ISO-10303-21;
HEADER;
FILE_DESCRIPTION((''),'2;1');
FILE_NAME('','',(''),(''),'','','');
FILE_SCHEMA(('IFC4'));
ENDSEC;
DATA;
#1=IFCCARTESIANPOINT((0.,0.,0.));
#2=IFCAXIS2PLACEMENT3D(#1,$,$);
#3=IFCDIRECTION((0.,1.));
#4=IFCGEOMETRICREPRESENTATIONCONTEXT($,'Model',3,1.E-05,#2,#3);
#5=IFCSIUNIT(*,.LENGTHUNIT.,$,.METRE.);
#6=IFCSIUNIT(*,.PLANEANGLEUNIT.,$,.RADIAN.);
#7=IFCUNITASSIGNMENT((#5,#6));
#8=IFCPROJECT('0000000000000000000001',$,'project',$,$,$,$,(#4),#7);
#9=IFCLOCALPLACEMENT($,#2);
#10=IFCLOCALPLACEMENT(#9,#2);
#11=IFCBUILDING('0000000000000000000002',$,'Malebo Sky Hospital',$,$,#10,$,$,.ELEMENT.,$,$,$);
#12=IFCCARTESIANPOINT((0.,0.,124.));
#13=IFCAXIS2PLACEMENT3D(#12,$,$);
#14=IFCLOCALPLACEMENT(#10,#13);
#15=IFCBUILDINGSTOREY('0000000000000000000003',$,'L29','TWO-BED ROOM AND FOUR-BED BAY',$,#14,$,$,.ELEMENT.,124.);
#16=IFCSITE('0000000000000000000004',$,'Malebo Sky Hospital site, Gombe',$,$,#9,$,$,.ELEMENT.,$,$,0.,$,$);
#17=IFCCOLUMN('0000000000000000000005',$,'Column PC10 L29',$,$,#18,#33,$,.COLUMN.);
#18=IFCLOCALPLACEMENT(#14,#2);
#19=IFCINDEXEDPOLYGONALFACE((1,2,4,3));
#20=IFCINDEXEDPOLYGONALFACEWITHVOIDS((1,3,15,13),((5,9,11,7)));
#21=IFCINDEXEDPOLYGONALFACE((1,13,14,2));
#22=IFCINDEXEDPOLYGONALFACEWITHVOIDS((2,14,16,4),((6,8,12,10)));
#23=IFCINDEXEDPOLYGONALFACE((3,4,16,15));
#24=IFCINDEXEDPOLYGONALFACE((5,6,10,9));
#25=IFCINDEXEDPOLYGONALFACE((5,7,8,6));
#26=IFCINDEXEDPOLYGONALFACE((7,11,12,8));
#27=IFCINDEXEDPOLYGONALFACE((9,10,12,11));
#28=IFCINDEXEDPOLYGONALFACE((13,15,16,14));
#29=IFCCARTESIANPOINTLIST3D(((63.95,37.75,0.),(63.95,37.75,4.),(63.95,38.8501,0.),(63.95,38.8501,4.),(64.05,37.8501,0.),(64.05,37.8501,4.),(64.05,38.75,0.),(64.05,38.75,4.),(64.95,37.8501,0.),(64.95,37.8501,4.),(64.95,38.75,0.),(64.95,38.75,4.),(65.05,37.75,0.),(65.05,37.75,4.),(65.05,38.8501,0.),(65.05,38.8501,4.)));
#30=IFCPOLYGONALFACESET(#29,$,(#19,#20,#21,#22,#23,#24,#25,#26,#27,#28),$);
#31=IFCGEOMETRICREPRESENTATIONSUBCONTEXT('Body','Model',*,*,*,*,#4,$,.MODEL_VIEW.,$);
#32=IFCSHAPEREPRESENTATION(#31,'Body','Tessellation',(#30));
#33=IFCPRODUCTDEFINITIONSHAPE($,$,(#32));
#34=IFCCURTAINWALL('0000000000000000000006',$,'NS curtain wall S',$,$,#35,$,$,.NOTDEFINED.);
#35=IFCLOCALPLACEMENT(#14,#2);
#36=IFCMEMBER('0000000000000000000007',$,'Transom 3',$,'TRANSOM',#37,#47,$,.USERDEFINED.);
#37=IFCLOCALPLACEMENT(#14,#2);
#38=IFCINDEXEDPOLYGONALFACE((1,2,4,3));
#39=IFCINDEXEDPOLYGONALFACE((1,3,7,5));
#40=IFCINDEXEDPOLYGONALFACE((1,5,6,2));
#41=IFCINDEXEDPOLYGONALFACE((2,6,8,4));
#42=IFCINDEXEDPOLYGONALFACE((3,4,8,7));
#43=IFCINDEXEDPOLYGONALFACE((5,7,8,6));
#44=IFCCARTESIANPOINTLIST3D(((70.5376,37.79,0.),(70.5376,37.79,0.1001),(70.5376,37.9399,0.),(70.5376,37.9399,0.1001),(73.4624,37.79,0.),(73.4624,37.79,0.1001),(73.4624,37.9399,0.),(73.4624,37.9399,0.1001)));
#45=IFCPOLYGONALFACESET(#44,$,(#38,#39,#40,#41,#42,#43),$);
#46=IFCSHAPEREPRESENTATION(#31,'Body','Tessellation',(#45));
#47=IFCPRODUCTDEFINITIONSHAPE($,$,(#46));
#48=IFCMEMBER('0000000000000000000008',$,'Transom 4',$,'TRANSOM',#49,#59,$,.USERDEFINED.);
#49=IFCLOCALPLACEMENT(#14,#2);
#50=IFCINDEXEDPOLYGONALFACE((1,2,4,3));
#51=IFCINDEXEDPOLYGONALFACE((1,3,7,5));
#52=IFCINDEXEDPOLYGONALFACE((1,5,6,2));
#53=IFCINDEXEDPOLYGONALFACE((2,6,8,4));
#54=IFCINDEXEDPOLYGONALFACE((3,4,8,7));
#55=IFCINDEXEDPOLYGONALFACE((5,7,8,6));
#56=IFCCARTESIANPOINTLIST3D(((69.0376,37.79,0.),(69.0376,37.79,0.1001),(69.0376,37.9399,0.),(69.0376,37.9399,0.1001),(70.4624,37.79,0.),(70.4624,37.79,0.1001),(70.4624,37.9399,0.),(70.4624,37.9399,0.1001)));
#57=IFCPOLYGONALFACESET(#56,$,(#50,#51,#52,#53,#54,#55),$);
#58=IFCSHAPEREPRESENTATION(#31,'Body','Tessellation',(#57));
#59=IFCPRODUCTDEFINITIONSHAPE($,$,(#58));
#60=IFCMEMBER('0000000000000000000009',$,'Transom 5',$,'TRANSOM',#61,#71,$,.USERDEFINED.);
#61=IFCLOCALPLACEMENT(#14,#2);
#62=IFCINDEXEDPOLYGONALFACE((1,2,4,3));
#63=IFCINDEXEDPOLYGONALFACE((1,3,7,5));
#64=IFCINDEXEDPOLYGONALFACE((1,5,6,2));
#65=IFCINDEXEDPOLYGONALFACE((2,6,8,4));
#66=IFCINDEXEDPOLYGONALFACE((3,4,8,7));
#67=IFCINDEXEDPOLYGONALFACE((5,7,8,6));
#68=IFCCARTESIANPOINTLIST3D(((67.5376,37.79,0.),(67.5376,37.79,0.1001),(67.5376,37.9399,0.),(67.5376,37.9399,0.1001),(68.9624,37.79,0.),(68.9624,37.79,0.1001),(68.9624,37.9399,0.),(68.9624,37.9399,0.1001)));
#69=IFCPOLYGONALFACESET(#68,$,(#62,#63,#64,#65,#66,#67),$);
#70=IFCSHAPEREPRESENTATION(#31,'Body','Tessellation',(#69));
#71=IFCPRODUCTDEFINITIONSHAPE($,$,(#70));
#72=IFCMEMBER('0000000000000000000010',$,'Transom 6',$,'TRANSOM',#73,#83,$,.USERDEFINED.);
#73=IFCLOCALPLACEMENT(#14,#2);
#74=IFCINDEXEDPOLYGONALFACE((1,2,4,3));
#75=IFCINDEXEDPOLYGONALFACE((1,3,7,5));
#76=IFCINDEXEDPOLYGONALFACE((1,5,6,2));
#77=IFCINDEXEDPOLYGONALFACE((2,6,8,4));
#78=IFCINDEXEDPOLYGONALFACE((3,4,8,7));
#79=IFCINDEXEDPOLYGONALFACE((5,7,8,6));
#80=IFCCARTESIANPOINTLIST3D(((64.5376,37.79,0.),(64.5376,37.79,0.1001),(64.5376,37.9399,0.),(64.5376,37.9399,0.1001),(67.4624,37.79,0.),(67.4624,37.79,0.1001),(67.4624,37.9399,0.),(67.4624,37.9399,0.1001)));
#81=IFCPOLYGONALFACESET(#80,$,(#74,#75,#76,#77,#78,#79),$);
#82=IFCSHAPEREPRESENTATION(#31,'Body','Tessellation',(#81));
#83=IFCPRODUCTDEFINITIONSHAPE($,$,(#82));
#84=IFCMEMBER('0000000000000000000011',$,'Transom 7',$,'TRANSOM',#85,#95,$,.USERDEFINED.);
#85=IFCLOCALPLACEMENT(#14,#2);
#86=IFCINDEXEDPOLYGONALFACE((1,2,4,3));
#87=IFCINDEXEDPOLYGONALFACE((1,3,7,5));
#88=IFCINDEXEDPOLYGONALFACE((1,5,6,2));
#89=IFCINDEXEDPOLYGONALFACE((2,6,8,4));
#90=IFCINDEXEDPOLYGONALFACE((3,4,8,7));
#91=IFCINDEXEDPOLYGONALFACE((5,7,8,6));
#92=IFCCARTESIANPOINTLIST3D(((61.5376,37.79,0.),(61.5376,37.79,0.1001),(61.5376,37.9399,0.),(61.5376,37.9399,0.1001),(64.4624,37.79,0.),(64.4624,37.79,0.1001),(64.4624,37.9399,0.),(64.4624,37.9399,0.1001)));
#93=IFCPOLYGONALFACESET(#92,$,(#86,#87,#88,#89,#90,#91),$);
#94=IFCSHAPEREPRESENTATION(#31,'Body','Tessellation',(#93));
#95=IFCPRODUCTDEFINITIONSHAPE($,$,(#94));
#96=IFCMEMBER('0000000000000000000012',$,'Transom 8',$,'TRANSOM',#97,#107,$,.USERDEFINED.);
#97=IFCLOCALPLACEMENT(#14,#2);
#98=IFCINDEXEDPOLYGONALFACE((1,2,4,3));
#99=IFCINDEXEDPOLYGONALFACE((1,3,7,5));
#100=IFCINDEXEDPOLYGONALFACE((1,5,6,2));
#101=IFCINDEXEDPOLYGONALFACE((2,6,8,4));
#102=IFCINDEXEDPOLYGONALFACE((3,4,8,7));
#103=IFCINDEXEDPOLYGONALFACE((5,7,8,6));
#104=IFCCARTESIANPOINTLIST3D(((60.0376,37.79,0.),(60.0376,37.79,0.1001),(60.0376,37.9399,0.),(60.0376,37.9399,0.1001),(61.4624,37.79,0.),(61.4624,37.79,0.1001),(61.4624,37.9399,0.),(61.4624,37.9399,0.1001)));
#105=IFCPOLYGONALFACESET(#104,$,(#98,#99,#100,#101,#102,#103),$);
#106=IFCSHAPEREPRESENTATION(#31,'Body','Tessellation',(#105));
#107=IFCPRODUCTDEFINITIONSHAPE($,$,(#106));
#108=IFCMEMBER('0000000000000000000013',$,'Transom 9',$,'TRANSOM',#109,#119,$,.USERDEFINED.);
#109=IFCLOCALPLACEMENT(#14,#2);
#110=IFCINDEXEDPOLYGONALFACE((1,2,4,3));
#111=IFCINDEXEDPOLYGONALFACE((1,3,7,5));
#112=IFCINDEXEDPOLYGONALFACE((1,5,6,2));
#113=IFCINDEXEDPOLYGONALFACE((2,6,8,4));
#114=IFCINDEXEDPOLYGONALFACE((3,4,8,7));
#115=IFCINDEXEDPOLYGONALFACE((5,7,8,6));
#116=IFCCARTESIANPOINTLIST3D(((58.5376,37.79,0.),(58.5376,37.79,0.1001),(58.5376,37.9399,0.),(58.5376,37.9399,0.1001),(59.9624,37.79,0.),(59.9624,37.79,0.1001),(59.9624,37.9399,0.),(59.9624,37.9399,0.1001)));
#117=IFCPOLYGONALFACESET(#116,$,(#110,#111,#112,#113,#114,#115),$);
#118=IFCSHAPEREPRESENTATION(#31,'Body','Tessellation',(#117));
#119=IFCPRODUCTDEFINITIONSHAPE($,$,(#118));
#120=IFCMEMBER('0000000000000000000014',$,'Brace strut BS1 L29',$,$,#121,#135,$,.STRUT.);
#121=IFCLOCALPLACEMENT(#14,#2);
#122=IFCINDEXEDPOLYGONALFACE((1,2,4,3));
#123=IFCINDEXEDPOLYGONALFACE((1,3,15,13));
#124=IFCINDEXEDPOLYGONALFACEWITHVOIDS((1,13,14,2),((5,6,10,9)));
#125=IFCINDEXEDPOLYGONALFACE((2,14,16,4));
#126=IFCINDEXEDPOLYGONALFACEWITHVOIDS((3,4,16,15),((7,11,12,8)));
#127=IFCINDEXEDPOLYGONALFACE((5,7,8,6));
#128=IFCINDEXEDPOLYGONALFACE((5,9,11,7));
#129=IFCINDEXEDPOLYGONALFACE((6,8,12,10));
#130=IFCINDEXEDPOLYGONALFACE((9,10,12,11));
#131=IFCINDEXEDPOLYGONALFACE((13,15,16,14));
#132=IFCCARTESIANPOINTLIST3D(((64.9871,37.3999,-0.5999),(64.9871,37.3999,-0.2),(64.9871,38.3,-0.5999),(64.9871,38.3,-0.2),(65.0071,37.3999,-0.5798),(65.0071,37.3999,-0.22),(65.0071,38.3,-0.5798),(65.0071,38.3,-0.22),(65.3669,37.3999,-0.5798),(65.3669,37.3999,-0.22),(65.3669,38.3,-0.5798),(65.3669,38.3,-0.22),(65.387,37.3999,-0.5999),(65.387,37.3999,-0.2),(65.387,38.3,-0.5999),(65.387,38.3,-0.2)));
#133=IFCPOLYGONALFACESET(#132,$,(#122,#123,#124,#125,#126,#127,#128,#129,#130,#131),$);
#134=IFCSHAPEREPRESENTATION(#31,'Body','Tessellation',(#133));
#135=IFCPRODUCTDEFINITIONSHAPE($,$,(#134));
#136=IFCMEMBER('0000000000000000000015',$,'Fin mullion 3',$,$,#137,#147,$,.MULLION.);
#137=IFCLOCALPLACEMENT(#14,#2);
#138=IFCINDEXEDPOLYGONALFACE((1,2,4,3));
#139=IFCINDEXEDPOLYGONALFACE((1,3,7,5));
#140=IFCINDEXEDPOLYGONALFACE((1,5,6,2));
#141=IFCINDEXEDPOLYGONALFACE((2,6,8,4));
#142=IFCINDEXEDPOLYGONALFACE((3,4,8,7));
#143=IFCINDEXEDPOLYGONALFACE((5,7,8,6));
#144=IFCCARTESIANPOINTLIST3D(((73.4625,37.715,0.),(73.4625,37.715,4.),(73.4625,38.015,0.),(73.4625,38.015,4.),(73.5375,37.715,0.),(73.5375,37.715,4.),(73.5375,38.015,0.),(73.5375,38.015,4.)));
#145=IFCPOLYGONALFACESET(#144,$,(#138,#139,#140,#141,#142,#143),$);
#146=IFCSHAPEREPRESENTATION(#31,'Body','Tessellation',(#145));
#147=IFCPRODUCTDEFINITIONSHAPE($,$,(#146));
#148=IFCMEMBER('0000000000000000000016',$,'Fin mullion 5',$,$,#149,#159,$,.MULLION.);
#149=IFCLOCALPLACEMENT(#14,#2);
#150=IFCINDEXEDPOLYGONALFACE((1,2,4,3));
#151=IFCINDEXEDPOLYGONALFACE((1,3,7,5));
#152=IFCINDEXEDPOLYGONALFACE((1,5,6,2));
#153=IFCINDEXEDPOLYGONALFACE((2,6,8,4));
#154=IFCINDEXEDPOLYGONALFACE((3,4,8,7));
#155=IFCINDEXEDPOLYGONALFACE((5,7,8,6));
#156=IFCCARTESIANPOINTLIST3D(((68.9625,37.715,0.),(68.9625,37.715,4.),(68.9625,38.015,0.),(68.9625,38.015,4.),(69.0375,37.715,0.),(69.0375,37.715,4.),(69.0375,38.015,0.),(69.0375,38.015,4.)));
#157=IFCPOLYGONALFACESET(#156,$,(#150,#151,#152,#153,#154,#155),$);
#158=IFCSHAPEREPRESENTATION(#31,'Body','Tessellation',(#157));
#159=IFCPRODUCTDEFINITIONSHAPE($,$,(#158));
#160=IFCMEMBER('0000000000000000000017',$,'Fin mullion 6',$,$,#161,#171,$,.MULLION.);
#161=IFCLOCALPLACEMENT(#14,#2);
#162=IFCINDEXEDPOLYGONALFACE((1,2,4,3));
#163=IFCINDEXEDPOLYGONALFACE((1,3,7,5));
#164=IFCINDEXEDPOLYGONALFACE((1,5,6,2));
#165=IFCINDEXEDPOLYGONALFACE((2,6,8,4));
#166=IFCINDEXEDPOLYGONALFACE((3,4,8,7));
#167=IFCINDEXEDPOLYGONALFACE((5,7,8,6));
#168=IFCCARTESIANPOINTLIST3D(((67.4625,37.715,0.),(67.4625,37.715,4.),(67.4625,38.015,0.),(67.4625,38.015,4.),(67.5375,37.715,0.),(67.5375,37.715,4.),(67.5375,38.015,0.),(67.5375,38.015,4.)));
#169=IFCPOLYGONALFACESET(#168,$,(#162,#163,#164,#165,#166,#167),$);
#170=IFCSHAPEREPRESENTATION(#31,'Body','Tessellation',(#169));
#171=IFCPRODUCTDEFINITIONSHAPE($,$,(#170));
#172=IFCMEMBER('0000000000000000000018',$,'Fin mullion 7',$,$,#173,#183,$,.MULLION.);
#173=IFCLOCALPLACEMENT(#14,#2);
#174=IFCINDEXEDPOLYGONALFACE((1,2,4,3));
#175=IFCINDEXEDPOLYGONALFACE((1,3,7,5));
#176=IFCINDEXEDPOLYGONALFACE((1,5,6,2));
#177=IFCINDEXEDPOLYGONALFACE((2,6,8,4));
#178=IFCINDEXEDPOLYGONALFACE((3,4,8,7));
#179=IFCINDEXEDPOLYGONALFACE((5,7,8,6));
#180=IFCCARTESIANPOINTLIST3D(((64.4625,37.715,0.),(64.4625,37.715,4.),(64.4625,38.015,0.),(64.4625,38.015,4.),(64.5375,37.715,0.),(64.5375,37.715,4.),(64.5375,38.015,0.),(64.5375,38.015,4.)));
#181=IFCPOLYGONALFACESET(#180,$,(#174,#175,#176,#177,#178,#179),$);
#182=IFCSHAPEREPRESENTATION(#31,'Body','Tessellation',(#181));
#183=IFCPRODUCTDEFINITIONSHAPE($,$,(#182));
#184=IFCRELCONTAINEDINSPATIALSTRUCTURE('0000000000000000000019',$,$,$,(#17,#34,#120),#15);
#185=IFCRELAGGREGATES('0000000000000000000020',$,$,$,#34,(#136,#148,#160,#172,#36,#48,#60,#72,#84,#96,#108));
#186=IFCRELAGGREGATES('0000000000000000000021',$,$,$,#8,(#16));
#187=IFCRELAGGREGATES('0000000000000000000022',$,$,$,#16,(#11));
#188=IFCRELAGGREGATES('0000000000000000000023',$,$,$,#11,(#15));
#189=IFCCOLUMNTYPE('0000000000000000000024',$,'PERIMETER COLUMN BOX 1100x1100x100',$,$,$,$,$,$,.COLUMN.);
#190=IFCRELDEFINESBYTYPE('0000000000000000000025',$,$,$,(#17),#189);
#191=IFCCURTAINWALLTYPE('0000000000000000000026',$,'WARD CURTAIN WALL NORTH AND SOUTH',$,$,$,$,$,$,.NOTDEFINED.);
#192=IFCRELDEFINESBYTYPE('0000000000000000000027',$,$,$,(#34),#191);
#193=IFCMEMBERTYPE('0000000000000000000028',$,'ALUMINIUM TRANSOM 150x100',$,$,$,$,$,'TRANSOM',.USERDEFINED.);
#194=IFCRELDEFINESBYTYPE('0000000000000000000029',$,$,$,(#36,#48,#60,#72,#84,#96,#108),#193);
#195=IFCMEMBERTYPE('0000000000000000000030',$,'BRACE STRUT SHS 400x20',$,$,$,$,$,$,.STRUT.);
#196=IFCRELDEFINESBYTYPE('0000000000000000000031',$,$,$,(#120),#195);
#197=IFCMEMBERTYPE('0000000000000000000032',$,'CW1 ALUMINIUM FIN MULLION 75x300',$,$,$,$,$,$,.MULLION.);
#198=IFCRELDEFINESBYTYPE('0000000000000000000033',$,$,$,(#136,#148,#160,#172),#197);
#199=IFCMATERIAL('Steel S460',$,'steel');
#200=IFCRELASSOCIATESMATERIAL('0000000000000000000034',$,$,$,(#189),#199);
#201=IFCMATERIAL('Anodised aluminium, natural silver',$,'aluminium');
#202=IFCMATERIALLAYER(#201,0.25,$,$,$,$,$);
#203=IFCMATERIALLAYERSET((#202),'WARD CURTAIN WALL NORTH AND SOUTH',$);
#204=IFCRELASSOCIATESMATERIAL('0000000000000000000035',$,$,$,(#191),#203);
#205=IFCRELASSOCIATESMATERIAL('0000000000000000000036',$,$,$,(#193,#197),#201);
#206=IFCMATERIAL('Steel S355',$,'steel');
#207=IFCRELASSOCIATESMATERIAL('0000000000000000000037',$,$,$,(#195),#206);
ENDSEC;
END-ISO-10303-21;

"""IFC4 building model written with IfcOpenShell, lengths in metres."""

from ifc_helpers import new_model, si_unit, direction, frame, origin, origin_2d, place, context, subcontext, project, spatial, rectangle, hollow_rectangle, extrude, material, layer, layer_set, material_profile, profile_set, type_object, element, aggregate, save


model = new_model("IFC4")

# Units and contexts
model_context = context("Model", 3, precision=1e-05, world=origin(), true_north=direction((0.0, 1.0)))
body_context = subcontext(model_context, "Body", "Model", "MODEL_VIEW")
ifc_project = project(units=[si_unit("LENGTHUNIT", "METRE"), si_unit("PLANEANGLEUNIT", "RADIAN")], contexts=[model_context])

# Site, building, storey
site_placement = place(None, origin())
site = spatial("IfcSite", under=ifc_project, at=site_placement, Name="Malebo Sky Hospital site, Gombe", CompositionType="ELEMENT", RefElevation=0.0)
building_placement = place(site_placement, origin())
building = spatial("IfcBuilding", under=site, at=building_placement, Name="Malebo Sky Hospital", CompositionType="ELEMENT")
storey_placement = place(building_placement, frame((0.0, 0.0, 124.0)))
storey = spatial("IfcBuildingStorey", under=building, at=storey_placement, Name="L29", Description="TWO-BED ROOM AND FOUR-BED BAY", CompositionType="ELEMENT", Elevation=124.0)

# Column
ifc_material_1 = material(Name="Steel S460", Category="steel")
ifc_material_profile_1 = material_profile(ifc_material_1, hollow_rectangle(XDim=1.1001, YDim=1.1001, WallThickness=0.1001, at=origin_2d()), Name="BOX 1100x1100x100")
ifc_profile_set_1 = profile_set([ifc_material_profile_1], Name="Steel S460")
column_type = type_object("IfcColumnType", Name="PERIMETER COLUMN BOX 1100x1100x100", PredefinedType="COLUMN", material=ifc_profile_set_1)
column_placement = place(storey_placement, frame((64.5, 38.3, 0.0), z_axis=(0.0, 0.0, 1.0), x_axis=(1.0, 0.0, 0.0)))
element("IfcColumn", 1, at=column_placement, inside=storey, type_object=column_type, Name="Column PC10 L29", PredefinedType="COLUMN", context=body_context, shape_type="SweptSolid", body=[
    extrude(hollow_rectangle(XDim=1.1001, YDim=1.1001, WallThickness=0.1001, at=origin_2d()), origin(), (0.0, 0.0, 1.0), 4.0),
])

# Curtain wall, members
ifc_material_2 = material(Name="Anodised aluminium, natural silver", Category="aluminium")
ifc_layer_1 = layer(ifc_material_2, 0.25)
ifc_layer_set_1 = layer_set([ifc_layer_1], Name="WARD CURTAIN WALL NORTH AND SOUTH")
curtain_wall_type = type_object("IfcCurtainWallType", Name="WARD CURTAIN WALL NORTH AND SOUTH", PredefinedType="NOTDEFINED", material=ifc_layer_set_1)
curtain_wall_placement = place(storey_placement, origin())
curtain_wall = element("IfcCurtainWall", 2, at=curtain_wall_placement, inside=storey, type_object=curtain_wall_type, Name="NS curtain wall S", PredefinedType="NOTDEFINED")
ifc_material_profile_2 = material_profile(ifc_material_2, rectangle(XDim=0.1499, YDim=0.1001, at=origin_2d()), Name="ALUMINIUM TRANSOM 150x100")
ifc_profile_set_2 = profile_set([ifc_material_profile_2], Name="Anodised aluminium, natural silver")
member_type_1 = type_object("IfcMemberType", Name="ALUMINIUM TRANSOM 150x100", ElementType="TRANSOM", PredefinedType="USERDEFINED", material=ifc_profile_set_2)
member_1_placement = place(storey_placement, frame((73.4624, 37.865, 0.05), z_axis=(-1.0, 0.0, 0.0), x_axis=(0.0, -1.0, 0.0)))
member_1 = element("IfcMember", 3, at=member_1_placement, type_object=member_type_1, Name="Transom 3", ObjectType="TRANSOM", PredefinedType="USERDEFINED", context=body_context, shape_type="SweptSolid", body=[
    extrude(rectangle(XDim=0.1499, YDim=0.1001, at=origin_2d()), origin(), (0.0, 0.0, 1.0), 2.9248),
])
member_2_placement = place(storey_placement, frame((70.4624, 37.865, 0.05), z_axis=(-1.0, 0.0, 0.0), x_axis=(0.0, -1.0, 0.0)))
member_2 = element("IfcMember", 4, at=member_2_placement, type_object=member_type_1, Name="Transom 4", ObjectType="TRANSOM", PredefinedType="USERDEFINED", context=body_context, shape_type="SweptSolid", body=[
    extrude(rectangle(XDim=0.1499, YDim=0.1001, at=origin_2d()), origin(), (0.0, 0.0, 1.0), 1.4248),
])
member_3_placement = place(storey_placement, frame((68.9624, 37.865, 0.05), z_axis=(-1.0, 0.0, 0.0), x_axis=(0.0, -1.0, 0.0)))
member_3 = element("IfcMember", 5, at=member_3_placement, type_object=member_type_1, Name="Transom 5", ObjectType="TRANSOM", PredefinedType="USERDEFINED", context=body_context, shape_type="SweptSolid", body=[
    extrude(rectangle(XDim=0.1499, YDim=0.1001, at=origin_2d()), origin(), (0.0, 0.0, 1.0), 1.4248),
])
member_4_placement = place(storey_placement, frame((67.4624, 37.865, 0.05), z_axis=(-1.0, 0.0, 0.0), x_axis=(0.0, -1.0, 0.0)))
member_4 = element("IfcMember", 6, at=member_4_placement, type_object=member_type_1, Name="Transom 6", ObjectType="TRANSOM", PredefinedType="USERDEFINED", context=body_context, shape_type="SweptSolid", body=[
    extrude(rectangle(XDim=0.1499, YDim=0.1001, at=origin_2d()), origin(), (0.0, 0.0, 1.0), 2.9248),
])
member_5_placement = place(storey_placement, frame((64.4624, 37.865, 0.05), z_axis=(-1.0, 0.0, 0.0), x_axis=(0.0, -1.0, 0.0)))
member_5 = element("IfcMember", 7, at=member_5_placement, type_object=member_type_1, Name="Transom 7", ObjectType="TRANSOM", PredefinedType="USERDEFINED", context=body_context, shape_type="SweptSolid", body=[
    extrude(rectangle(XDim=0.1499, YDim=0.1001, at=origin_2d()), origin(), (0.0, 0.0, 1.0), 2.9248),
])
member_6_placement = place(storey_placement, frame((61.4624, 37.865, 0.05), z_axis=(-1.0, 0.0, 0.0), x_axis=(0.0, -1.0, 0.0)))
member_6 = element("IfcMember", 8, at=member_6_placement, type_object=member_type_1, Name="Transom 8", ObjectType="TRANSOM", PredefinedType="USERDEFINED", context=body_context, shape_type="SweptSolid", body=[
    extrude(rectangle(XDim=0.1499, YDim=0.1001, at=origin_2d()), origin(), (0.0, 0.0, 1.0), 1.4248),
])
member_7_placement = place(storey_placement, frame((59.9624, 37.865, 0.05), z_axis=(-1.0, 0.0, 0.0), x_axis=(0.0, -1.0, 0.0)))
member_7 = element("IfcMember", 9, at=member_7_placement, type_object=member_type_1, Name="Transom 9", ObjectType="TRANSOM", PredefinedType="USERDEFINED", context=body_context, shape_type="SweptSolid", body=[
    extrude(rectangle(XDim=0.1499, YDim=0.1001, at=origin_2d()), origin(), (0.0, 0.0, 1.0), 1.4248),
])

# Members
ifc_material_3 = material(Name="Steel S355", Category="steel")
ifc_material_profile_3 = material_profile(ifc_material_3, hollow_rectangle(XDim=0.3999, YDim=0.3999, WallThickness=0.02, at=origin_2d()), Name="SHS 400x20")
ifc_profile_set_3 = profile_set([ifc_material_profile_3], Name="Steel S355")
member_type_2 = type_object("IfcMemberType", Name="BRACE STRUT SHS 400x20", PredefinedType="STRUT", material=ifc_profile_set_3)
member_8_placement = place(storey_placement, frame((65.187, 37.3999, -0.3999), z_axis=(0.0, 1.0, 0.0), x_axis=(-1.0, 0.0, 0.0)))
element("IfcMember", 10, at=member_8_placement, inside=storey, type_object=member_type_2, Name="Brace strut BS1 L29", PredefinedType="STRUT", context=body_context, shape_type="SweptSolid", body=[
    extrude(hollow_rectangle(XDim=0.3999, YDim=0.3999, WallThickness=0.02, at=origin_2d()), origin(), (0.0, 0.0, 1.0), 0.9001),
])
ifc_material_profile_4 = material_profile(ifc_material_2, rectangle(XDim=0.075, YDim=0.3, at=origin_2d()), Name="CW1 ALUMINIUM FIN MULLION 75x300")
ifc_profile_set_4 = profile_set([ifc_material_profile_4], Name="Anodised aluminium, natural silver")
member_type_3 = type_object("IfcMemberType", Name="CW1 ALUMINIUM FIN MULLION 75x300", PredefinedType="MULLION", material=ifc_profile_set_4)
member_9_placement = place(storey_placement, frame((73.5, 37.865, 0.0), z_axis=(0.0, 0.0, 1.0), x_axis=(-1.0, 0.0, 0.0)))
member_9 = element("IfcMember", 11, at=member_9_placement, type_object=member_type_3, Name="Fin mullion 3", PredefinedType="MULLION", context=body_context, shape_type="SweptSolid", body=[
    extrude(rectangle(XDim=0.075, YDim=0.3, at=origin_2d()), origin(), (0.0, 0.0, 1.0), 4.0),
])
member_10_placement = place(storey_placement, frame((69.0, 37.865, 0.0), z_axis=(0.0, 0.0, 1.0), x_axis=(-1.0, 0.0, 0.0)))
member_10 = element("IfcMember", 12, at=member_10_placement, type_object=member_type_3, Name="Fin mullion 5", PredefinedType="MULLION", context=body_context, shape_type="SweptSolid", body=[
    extrude(rectangle(XDim=0.075, YDim=0.3, at=origin_2d()), origin(), (0.0, 0.0, 1.0), 4.0),
])
member_11_placement = place(storey_placement, frame((67.5, 37.865, 0.0), z_axis=(0.0, 0.0, 1.0), x_axis=(-1.0, 0.0, 0.0)))
member_11 = element("IfcMember", 13, at=member_11_placement, type_object=member_type_3, Name="Fin mullion 6", PredefinedType="MULLION", context=body_context, shape_type="SweptSolid", body=[
    extrude(rectangle(XDim=0.075, YDim=0.3, at=origin_2d()), origin(), (0.0, 0.0, 1.0), 4.0),
])
member_12_placement = place(storey_placement, frame((64.5, 37.865, 0.0), z_axis=(0.0, 0.0, 1.0), x_axis=(-1.0, 0.0, 0.0)))
member_12 = element("IfcMember", 14, at=member_12_placement, type_object=member_type_3, Name="Fin mullion 7", PredefinedType="MULLION", context=body_context, shape_type="SweptSolid", body=[
    extrude(rectangle(XDim=0.075, YDim=0.3, at=origin_2d()), origin(), (0.0, 0.0, 1.0), 4.0),
])

aggregate(curtain_wall, [member_9, member_10, member_11, member_12, member_1, member_2, member_3, member_4, member_5, member_6, member_7])

save(model, "model.ifc")
